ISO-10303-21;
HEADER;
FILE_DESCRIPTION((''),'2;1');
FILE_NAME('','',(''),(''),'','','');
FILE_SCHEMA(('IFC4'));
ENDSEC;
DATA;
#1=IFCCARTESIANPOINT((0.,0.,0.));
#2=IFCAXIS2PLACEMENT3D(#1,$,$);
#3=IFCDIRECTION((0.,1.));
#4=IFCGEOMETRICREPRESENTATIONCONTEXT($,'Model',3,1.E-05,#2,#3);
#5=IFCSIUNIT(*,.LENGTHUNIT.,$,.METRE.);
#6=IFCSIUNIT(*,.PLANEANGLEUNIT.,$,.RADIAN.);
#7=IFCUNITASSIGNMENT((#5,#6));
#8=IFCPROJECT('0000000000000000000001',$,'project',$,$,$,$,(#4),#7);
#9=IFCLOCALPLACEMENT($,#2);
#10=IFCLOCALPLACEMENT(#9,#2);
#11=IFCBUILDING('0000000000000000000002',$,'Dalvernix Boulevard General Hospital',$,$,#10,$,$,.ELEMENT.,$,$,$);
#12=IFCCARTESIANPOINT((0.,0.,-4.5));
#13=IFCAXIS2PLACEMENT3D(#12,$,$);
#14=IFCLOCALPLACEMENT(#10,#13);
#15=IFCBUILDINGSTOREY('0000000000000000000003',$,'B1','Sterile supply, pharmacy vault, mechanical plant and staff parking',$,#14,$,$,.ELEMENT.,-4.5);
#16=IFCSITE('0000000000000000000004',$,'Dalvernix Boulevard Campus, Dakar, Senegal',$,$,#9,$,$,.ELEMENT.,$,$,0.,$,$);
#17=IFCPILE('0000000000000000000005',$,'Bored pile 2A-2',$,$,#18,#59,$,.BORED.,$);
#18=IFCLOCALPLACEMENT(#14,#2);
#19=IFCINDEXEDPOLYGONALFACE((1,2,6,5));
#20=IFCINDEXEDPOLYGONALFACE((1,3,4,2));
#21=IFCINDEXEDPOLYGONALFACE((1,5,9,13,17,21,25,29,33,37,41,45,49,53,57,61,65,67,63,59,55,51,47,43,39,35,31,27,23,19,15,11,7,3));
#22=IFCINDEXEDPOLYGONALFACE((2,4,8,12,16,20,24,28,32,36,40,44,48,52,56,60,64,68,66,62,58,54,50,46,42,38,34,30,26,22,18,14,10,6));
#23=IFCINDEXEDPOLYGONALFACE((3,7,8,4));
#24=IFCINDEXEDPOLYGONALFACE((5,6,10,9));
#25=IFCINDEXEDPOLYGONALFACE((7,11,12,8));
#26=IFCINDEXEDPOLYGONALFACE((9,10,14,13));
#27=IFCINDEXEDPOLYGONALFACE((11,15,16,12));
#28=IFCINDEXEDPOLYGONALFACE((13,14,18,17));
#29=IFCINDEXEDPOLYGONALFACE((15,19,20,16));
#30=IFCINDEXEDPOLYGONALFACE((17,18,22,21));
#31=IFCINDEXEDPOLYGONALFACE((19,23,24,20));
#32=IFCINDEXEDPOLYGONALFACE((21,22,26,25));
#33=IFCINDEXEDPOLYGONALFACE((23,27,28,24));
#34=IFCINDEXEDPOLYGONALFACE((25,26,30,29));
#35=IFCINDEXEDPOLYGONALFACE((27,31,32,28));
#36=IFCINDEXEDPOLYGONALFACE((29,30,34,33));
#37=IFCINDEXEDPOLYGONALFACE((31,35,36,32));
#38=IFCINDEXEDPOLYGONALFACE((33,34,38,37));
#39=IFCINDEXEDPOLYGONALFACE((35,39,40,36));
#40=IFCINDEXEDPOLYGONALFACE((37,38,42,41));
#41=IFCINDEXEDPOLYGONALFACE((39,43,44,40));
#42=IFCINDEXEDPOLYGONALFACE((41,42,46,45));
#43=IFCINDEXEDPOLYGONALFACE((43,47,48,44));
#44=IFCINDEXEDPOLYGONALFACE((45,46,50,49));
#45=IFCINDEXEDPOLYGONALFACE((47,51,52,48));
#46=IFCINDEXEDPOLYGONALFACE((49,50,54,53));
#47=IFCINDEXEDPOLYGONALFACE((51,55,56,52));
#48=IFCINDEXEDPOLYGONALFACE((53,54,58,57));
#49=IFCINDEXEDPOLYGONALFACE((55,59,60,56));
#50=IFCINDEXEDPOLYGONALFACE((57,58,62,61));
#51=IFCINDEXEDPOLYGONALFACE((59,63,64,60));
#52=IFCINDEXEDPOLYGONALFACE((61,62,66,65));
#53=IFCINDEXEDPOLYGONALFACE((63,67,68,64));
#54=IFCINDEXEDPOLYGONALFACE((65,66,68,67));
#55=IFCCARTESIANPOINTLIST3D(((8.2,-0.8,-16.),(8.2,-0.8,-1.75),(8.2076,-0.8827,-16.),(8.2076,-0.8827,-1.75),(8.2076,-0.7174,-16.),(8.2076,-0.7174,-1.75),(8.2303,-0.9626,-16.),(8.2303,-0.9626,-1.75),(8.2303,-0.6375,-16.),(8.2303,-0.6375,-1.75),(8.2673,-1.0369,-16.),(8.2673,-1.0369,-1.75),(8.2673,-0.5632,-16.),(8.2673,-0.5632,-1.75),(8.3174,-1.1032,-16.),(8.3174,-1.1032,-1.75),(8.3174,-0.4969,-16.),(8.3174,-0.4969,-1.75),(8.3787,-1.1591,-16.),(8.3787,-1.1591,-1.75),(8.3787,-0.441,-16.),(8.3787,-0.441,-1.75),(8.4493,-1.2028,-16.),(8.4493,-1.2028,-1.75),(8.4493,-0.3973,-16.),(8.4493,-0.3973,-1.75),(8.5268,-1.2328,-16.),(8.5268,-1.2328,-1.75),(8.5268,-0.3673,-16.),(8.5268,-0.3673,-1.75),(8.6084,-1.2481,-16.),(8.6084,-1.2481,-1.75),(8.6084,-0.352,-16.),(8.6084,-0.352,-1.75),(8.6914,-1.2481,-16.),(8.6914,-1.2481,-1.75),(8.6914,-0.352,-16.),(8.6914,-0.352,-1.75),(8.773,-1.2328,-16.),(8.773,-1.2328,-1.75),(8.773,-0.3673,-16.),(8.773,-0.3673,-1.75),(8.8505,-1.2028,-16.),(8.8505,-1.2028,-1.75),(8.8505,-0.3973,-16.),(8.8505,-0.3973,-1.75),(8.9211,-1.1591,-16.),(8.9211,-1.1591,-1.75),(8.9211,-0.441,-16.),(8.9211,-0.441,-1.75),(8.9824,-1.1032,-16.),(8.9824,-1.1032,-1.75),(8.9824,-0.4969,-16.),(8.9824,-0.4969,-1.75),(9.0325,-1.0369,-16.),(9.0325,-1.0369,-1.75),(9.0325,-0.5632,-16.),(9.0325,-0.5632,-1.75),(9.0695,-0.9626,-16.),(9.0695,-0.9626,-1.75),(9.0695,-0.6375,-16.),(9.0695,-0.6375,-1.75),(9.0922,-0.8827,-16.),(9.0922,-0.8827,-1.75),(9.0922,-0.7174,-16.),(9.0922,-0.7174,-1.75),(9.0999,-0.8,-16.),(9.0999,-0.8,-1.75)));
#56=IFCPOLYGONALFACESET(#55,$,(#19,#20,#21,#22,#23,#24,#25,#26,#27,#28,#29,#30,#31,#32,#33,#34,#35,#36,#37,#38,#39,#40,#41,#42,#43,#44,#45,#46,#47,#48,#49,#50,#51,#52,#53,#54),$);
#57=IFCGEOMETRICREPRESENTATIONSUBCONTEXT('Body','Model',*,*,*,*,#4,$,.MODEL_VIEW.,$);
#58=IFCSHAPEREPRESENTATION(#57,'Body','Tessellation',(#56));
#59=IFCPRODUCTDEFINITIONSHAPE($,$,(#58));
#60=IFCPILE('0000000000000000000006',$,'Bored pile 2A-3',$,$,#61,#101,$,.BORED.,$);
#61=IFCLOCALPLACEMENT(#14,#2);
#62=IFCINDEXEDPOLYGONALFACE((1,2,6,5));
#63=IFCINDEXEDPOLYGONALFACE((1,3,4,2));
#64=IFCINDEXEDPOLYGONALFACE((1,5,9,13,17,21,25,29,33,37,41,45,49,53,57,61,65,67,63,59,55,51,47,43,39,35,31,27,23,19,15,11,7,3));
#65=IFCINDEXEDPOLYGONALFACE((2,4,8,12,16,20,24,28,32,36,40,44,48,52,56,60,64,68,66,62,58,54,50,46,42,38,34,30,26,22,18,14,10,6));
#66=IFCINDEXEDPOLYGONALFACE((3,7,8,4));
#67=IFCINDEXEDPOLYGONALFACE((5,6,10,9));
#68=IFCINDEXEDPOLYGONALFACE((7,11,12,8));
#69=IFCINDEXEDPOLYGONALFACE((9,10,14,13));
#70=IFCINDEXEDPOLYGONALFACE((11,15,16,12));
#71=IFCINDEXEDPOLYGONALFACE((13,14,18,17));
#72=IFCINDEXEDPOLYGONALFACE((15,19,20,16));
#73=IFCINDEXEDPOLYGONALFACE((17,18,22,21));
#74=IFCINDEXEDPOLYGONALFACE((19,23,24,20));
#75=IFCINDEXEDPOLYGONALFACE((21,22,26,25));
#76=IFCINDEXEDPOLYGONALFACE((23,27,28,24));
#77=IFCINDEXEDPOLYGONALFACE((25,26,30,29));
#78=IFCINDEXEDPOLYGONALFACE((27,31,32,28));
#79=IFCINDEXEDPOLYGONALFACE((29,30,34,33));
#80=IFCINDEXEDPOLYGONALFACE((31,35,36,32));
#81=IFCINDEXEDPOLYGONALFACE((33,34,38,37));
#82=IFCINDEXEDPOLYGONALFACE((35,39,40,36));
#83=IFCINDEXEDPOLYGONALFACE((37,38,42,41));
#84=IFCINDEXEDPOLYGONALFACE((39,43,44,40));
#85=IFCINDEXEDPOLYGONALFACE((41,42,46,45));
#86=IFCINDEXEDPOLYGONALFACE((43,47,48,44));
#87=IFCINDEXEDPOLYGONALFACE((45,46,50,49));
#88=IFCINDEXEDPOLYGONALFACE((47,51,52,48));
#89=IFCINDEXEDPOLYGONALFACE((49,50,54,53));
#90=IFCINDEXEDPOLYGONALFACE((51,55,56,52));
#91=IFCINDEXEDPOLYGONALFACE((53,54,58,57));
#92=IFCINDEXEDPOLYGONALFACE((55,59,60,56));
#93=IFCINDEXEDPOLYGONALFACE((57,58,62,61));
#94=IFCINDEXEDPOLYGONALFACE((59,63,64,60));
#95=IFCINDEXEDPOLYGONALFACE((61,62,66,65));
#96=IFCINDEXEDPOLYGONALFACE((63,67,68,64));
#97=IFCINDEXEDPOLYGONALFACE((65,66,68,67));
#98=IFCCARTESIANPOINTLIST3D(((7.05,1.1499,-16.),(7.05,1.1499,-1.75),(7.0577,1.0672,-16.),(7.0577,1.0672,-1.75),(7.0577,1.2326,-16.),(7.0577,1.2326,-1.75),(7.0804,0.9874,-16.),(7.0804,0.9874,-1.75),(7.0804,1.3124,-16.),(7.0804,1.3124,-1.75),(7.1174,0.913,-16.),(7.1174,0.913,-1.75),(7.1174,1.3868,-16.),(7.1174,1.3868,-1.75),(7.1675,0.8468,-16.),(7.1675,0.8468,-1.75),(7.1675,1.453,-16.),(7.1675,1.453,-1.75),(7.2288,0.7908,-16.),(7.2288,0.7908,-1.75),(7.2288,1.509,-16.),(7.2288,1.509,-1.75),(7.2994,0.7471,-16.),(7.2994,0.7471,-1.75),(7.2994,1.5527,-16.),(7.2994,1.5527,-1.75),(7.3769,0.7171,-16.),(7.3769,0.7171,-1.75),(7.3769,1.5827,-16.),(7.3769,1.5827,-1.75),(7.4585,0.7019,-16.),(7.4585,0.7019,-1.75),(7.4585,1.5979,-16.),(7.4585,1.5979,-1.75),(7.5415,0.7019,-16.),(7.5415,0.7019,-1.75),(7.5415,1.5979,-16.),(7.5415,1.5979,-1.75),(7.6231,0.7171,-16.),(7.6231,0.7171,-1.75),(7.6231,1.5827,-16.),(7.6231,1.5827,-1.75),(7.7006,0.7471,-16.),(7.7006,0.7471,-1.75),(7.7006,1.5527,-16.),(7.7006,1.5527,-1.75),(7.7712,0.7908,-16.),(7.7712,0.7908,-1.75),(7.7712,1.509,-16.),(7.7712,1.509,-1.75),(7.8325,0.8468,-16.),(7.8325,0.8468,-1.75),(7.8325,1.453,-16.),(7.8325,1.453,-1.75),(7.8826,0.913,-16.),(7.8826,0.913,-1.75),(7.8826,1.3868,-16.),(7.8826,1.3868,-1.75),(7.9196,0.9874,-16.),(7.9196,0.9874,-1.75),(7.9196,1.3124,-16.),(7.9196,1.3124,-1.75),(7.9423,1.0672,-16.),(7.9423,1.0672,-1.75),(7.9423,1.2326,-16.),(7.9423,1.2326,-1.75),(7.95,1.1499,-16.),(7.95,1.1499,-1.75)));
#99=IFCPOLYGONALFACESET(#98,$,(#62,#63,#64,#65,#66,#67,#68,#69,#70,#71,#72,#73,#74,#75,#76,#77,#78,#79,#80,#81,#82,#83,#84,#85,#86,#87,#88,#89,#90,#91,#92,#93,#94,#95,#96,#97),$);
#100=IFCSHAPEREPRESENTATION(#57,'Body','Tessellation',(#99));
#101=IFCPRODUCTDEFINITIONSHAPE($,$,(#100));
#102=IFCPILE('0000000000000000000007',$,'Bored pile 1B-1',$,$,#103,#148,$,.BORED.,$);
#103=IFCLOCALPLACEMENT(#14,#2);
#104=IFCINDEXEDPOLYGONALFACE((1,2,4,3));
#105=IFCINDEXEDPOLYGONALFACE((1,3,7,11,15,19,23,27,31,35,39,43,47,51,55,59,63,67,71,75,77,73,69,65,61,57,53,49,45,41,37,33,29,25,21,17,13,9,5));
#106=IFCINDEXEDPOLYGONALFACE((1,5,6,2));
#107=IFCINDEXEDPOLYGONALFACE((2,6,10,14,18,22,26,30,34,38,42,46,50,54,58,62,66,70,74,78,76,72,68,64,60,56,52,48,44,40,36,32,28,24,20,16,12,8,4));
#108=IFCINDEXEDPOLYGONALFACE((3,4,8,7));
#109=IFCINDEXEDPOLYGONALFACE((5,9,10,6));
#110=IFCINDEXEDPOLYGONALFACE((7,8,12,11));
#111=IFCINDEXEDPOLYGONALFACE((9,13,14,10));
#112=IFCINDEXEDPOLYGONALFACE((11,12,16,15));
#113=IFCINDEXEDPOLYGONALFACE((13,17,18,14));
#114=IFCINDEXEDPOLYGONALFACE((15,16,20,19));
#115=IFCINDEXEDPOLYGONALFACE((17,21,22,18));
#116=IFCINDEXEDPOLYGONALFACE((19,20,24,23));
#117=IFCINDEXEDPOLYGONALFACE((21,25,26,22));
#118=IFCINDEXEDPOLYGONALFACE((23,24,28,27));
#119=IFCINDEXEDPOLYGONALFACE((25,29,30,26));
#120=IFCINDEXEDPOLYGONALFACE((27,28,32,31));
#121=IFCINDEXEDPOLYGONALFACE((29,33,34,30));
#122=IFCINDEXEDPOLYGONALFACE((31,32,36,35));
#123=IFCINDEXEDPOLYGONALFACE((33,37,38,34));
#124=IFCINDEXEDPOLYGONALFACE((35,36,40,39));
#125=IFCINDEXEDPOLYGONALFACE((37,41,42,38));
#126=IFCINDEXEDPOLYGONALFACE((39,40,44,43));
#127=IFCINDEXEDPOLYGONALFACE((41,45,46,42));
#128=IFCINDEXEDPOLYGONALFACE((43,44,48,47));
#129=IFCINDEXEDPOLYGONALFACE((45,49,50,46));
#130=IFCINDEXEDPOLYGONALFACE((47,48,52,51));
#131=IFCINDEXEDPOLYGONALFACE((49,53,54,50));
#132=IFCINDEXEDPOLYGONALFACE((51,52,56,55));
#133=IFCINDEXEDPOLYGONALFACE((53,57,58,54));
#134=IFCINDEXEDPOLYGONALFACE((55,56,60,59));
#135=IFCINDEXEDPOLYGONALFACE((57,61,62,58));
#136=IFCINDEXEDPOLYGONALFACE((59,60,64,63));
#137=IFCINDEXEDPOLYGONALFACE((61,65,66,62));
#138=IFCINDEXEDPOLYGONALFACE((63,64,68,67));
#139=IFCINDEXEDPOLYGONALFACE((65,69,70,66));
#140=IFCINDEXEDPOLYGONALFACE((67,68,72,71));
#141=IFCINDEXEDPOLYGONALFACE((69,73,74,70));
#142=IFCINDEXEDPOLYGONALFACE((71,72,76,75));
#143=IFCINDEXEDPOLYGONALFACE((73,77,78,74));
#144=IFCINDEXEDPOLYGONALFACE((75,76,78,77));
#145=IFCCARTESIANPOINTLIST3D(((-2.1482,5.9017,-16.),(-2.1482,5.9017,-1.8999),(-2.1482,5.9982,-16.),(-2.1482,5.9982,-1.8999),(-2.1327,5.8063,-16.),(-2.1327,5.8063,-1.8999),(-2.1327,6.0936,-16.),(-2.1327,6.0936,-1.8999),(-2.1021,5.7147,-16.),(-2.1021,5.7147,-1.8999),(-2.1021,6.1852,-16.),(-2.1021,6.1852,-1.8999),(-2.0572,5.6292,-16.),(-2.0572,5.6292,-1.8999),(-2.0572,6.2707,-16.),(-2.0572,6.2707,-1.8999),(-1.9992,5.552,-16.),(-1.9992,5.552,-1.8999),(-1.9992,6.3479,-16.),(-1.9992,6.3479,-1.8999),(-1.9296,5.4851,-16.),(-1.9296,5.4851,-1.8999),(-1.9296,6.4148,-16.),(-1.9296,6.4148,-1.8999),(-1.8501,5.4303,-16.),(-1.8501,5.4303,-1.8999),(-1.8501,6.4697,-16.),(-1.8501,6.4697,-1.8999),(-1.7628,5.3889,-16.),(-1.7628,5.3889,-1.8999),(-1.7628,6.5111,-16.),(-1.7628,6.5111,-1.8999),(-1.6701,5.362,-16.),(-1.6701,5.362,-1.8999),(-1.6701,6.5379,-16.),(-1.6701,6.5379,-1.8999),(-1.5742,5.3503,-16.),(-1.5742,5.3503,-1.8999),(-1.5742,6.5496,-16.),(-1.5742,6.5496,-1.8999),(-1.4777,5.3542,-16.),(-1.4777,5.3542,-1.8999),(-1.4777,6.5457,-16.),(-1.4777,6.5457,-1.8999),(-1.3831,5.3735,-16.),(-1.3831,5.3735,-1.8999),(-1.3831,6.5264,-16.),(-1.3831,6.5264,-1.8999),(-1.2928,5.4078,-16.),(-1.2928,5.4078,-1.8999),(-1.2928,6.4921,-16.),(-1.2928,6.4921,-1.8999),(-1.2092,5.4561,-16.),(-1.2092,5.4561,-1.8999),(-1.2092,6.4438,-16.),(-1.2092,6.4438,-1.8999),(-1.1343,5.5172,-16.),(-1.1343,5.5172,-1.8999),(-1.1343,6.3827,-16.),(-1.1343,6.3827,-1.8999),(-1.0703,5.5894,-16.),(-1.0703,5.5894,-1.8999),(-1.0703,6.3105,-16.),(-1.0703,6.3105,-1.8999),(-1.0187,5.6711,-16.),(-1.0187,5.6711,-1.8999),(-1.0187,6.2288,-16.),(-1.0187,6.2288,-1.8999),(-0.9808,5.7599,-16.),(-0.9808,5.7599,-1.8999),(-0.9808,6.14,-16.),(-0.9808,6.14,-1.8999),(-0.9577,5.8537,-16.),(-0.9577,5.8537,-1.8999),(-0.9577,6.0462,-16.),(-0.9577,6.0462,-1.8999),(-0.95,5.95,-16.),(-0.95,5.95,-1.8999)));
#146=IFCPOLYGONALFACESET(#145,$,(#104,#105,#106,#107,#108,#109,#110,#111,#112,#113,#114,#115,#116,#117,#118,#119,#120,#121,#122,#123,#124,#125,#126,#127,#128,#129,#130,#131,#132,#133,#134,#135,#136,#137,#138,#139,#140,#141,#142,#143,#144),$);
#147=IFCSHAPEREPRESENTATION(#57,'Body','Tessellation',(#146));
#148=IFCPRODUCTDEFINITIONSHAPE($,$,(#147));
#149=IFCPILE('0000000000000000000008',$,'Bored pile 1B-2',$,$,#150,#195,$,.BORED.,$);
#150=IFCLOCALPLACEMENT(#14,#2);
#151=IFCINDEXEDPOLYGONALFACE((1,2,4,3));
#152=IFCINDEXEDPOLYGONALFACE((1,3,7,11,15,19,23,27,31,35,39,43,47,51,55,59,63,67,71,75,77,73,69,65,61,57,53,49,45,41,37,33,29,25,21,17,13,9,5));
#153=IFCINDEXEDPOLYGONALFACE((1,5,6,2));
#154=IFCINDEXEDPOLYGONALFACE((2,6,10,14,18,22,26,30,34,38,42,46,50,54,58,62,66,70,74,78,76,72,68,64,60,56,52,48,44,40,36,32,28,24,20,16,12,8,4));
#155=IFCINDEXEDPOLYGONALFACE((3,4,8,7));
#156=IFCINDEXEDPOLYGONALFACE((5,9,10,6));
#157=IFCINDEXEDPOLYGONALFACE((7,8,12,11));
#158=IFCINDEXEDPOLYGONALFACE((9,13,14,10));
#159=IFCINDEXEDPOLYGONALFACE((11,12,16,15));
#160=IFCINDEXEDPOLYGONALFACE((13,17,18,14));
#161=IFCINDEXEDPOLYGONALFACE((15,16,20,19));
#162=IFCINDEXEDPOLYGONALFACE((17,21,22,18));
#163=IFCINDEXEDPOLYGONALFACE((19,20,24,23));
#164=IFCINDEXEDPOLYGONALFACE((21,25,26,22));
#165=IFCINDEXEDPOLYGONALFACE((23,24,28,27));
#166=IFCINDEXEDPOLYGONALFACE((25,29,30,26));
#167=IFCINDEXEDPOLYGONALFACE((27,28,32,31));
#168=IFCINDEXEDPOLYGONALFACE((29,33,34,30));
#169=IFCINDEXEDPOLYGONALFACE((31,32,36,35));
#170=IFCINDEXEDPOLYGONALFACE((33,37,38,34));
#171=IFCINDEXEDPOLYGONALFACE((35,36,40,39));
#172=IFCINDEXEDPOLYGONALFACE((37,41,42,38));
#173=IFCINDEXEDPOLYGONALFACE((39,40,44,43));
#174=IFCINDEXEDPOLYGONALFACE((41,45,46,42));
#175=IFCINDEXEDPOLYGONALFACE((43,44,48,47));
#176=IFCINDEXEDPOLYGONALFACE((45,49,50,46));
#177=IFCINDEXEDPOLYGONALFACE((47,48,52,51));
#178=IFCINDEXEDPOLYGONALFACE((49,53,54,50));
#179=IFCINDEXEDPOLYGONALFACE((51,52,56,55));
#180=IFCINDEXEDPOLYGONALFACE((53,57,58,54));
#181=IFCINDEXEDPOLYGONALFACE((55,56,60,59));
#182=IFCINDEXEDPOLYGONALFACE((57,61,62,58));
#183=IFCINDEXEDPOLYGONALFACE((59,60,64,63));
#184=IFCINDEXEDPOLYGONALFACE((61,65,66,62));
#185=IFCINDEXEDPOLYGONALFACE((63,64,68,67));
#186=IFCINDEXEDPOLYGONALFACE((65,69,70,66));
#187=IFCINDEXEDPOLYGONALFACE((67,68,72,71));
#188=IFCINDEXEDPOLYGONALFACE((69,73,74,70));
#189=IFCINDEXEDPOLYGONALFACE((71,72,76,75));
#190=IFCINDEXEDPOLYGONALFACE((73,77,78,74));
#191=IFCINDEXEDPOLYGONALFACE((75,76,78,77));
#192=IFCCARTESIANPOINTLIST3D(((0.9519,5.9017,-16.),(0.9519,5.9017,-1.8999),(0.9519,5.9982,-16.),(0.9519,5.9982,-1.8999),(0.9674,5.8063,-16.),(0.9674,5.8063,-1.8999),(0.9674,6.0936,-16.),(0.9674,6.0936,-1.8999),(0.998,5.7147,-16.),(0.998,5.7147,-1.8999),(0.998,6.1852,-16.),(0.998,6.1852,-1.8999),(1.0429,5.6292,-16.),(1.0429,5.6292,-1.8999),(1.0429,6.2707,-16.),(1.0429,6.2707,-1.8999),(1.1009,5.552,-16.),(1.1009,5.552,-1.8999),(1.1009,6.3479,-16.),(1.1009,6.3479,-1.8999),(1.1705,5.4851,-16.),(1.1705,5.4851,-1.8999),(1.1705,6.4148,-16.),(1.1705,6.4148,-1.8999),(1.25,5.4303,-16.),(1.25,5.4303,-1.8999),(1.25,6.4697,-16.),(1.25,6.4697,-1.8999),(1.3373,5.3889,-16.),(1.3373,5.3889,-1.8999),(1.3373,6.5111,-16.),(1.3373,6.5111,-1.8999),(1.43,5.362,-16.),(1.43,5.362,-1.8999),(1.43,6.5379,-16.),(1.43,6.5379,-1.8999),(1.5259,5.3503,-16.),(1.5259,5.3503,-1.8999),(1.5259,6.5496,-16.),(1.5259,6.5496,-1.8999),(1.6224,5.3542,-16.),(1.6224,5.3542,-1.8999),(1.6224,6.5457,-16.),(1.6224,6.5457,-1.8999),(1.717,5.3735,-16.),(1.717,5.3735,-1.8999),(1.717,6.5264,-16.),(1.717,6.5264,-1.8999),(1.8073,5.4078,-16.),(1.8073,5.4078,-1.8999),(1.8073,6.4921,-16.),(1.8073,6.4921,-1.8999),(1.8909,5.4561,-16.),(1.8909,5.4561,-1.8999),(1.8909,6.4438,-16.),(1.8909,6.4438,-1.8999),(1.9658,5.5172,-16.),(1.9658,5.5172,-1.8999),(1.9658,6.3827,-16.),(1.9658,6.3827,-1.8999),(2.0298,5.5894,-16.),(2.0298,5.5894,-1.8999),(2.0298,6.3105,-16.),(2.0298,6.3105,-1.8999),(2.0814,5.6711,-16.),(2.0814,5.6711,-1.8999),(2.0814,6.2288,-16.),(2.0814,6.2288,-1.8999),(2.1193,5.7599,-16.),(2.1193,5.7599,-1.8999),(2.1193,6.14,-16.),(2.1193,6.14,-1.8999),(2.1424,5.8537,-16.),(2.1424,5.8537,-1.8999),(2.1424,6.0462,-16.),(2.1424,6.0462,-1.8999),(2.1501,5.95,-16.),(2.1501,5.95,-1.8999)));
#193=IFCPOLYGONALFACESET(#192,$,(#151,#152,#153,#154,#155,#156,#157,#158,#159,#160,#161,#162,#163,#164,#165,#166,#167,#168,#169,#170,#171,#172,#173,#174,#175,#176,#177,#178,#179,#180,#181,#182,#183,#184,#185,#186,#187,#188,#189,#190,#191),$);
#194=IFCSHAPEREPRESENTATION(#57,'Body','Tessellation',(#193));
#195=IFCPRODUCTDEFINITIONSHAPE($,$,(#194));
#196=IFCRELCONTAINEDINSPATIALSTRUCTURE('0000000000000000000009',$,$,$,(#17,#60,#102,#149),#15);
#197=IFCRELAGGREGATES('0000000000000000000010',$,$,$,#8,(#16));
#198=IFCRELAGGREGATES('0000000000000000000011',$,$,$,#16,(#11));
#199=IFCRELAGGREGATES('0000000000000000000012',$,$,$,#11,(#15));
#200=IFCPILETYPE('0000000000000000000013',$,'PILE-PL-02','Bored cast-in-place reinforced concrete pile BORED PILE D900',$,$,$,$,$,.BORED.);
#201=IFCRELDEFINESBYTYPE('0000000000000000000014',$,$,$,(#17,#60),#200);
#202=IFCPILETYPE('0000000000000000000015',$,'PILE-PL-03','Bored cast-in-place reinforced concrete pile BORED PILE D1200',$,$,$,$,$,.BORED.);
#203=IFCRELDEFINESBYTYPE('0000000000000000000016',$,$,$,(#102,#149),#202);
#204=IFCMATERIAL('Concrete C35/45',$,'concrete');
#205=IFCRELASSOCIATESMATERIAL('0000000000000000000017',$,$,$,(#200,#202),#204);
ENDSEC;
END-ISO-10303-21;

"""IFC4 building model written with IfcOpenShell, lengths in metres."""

from ifc_helpers import new_model, si_unit, direction, frame, origin, origin_2d, place, context, subcontext, project, spatial, circle, extrude, material, material_profile, profile_set, type_object, element, save


model = new_model("IFC4")

# Units and contexts
model_context = context("Model", 3, precision=1e-05, world=origin(), true_north=direction((0.0, 1.0)))
body_context = subcontext(model_context, "Body", "Model", "MODEL_VIEW")
ifc_project = project(units=[si_unit("LENGTHUNIT", "METRE"), si_unit("PLANEANGLEUNIT", "RADIAN")], contexts=[model_context])

# Site, building, storey
site_placement = place(None, origin())
site = spatial("IfcSite", under=ifc_project, at=site_placement, Name="Dalvernix Boulevard Campus, Dakar, Senegal", CompositionType="ELEMENT", RefElevation=0.0)
building_placement = place(site_placement, origin())
building = spatial("IfcBuilding", under=site, at=building_placement, Name="Dalvernix Boulevard General Hospital", CompositionType="ELEMENT")
storey_placement = place(building_placement, frame((0.0, 0.0, -4.5)))
storey = spatial("IfcBuildingStorey", under=building, at=storey_placement, Name="B1", Description="Sterile supply, pharmacy vault, mechanical plant and staff parking", CompositionType="ELEMENT", Elevation=-4.5)

# Shared definitions
ifc_material_1 = material(Name="Concrete C35/45", Category="concrete")

# Piles
ifc_material_profile_1 = material_profile(ifc_material_1, circle(Radius=0.45, at=origin_2d()), Name="BORED PILE D900")
ifc_profile_set_1 = profile_set([ifc_material_profile_1], Name="Concrete C35/45")
pile_type_1 = type_object("IfcPileType", Name="PILE-PL-02", Description="Bored cast-in-place reinforced concrete pile BORED PILE D900", PredefinedType="BORED", material=ifc_profile_set_1)
for number, where, z_axis, x_axis, name in (
    (1, (8.6499, -0.8, -1.75), (0.0, 0.0, -1.0), (1.0, 0.0, 0.0), "Bored pile 2A-2"),
    (2, (7.5, 1.1499, -1.75), (0.0, 0.0, -1.0), (1.0, 0.0, 0.0), "Bored pile 2A-3"),
):
    element("IfcPile", number, at=place(storey_placement, frame(where, z_axis=z_axis, x_axis=x_axis)), inside=storey, type_object=pile_type_1, Name=name, PredefinedType="BORED", context=body_context, shape_type="SweptSolid", body=[
        extrude(circle(Radius=0.45, at=origin_2d()), origin(), (0.0, 0.0, 1.0), 14.25),
    ])
ifc_material_profile_2 = material_profile(ifc_material_1, circle(Radius=0.6001, at=origin_2d()), Name="BORED PILE D1200")
ifc_profile_set_2 = profile_set([ifc_material_profile_2], Name="Concrete C35/45")
pile_type_2 = type_object("IfcPileType", Name="PILE-PL-03", Description="Bored cast-in-place reinforced concrete pile BORED PILE D1200", PredefinedType="BORED", material=ifc_profile_set_2)
for number, where, z_axis, x_axis, name in (
    (3, (-1.55, 5.95, -1.8999), (0.0, 0.0, -1.0), (1.0, 0.0, 0.0), "Bored pile 1B-1"),
    (4, (1.55, 5.95, -1.8999), (0.0, 0.0, -1.0), (1.0, 0.0, 0.0), "Bored pile 1B-2"),
):
    element("IfcPile", number, at=place(storey_placement, frame(where, z_axis=z_axis, x_axis=x_axis)), inside=storey, type_object=pile_type_2, Name=name, PredefinedType="BORED", context=body_context, shape_type="SweptSolid", body=[
        extrude(circle(Radius=0.6001, at=origin_2d()), origin(), (0.0, 0.0, 1.0), 14.1001),
    ])

save(model, "model.ifc")
